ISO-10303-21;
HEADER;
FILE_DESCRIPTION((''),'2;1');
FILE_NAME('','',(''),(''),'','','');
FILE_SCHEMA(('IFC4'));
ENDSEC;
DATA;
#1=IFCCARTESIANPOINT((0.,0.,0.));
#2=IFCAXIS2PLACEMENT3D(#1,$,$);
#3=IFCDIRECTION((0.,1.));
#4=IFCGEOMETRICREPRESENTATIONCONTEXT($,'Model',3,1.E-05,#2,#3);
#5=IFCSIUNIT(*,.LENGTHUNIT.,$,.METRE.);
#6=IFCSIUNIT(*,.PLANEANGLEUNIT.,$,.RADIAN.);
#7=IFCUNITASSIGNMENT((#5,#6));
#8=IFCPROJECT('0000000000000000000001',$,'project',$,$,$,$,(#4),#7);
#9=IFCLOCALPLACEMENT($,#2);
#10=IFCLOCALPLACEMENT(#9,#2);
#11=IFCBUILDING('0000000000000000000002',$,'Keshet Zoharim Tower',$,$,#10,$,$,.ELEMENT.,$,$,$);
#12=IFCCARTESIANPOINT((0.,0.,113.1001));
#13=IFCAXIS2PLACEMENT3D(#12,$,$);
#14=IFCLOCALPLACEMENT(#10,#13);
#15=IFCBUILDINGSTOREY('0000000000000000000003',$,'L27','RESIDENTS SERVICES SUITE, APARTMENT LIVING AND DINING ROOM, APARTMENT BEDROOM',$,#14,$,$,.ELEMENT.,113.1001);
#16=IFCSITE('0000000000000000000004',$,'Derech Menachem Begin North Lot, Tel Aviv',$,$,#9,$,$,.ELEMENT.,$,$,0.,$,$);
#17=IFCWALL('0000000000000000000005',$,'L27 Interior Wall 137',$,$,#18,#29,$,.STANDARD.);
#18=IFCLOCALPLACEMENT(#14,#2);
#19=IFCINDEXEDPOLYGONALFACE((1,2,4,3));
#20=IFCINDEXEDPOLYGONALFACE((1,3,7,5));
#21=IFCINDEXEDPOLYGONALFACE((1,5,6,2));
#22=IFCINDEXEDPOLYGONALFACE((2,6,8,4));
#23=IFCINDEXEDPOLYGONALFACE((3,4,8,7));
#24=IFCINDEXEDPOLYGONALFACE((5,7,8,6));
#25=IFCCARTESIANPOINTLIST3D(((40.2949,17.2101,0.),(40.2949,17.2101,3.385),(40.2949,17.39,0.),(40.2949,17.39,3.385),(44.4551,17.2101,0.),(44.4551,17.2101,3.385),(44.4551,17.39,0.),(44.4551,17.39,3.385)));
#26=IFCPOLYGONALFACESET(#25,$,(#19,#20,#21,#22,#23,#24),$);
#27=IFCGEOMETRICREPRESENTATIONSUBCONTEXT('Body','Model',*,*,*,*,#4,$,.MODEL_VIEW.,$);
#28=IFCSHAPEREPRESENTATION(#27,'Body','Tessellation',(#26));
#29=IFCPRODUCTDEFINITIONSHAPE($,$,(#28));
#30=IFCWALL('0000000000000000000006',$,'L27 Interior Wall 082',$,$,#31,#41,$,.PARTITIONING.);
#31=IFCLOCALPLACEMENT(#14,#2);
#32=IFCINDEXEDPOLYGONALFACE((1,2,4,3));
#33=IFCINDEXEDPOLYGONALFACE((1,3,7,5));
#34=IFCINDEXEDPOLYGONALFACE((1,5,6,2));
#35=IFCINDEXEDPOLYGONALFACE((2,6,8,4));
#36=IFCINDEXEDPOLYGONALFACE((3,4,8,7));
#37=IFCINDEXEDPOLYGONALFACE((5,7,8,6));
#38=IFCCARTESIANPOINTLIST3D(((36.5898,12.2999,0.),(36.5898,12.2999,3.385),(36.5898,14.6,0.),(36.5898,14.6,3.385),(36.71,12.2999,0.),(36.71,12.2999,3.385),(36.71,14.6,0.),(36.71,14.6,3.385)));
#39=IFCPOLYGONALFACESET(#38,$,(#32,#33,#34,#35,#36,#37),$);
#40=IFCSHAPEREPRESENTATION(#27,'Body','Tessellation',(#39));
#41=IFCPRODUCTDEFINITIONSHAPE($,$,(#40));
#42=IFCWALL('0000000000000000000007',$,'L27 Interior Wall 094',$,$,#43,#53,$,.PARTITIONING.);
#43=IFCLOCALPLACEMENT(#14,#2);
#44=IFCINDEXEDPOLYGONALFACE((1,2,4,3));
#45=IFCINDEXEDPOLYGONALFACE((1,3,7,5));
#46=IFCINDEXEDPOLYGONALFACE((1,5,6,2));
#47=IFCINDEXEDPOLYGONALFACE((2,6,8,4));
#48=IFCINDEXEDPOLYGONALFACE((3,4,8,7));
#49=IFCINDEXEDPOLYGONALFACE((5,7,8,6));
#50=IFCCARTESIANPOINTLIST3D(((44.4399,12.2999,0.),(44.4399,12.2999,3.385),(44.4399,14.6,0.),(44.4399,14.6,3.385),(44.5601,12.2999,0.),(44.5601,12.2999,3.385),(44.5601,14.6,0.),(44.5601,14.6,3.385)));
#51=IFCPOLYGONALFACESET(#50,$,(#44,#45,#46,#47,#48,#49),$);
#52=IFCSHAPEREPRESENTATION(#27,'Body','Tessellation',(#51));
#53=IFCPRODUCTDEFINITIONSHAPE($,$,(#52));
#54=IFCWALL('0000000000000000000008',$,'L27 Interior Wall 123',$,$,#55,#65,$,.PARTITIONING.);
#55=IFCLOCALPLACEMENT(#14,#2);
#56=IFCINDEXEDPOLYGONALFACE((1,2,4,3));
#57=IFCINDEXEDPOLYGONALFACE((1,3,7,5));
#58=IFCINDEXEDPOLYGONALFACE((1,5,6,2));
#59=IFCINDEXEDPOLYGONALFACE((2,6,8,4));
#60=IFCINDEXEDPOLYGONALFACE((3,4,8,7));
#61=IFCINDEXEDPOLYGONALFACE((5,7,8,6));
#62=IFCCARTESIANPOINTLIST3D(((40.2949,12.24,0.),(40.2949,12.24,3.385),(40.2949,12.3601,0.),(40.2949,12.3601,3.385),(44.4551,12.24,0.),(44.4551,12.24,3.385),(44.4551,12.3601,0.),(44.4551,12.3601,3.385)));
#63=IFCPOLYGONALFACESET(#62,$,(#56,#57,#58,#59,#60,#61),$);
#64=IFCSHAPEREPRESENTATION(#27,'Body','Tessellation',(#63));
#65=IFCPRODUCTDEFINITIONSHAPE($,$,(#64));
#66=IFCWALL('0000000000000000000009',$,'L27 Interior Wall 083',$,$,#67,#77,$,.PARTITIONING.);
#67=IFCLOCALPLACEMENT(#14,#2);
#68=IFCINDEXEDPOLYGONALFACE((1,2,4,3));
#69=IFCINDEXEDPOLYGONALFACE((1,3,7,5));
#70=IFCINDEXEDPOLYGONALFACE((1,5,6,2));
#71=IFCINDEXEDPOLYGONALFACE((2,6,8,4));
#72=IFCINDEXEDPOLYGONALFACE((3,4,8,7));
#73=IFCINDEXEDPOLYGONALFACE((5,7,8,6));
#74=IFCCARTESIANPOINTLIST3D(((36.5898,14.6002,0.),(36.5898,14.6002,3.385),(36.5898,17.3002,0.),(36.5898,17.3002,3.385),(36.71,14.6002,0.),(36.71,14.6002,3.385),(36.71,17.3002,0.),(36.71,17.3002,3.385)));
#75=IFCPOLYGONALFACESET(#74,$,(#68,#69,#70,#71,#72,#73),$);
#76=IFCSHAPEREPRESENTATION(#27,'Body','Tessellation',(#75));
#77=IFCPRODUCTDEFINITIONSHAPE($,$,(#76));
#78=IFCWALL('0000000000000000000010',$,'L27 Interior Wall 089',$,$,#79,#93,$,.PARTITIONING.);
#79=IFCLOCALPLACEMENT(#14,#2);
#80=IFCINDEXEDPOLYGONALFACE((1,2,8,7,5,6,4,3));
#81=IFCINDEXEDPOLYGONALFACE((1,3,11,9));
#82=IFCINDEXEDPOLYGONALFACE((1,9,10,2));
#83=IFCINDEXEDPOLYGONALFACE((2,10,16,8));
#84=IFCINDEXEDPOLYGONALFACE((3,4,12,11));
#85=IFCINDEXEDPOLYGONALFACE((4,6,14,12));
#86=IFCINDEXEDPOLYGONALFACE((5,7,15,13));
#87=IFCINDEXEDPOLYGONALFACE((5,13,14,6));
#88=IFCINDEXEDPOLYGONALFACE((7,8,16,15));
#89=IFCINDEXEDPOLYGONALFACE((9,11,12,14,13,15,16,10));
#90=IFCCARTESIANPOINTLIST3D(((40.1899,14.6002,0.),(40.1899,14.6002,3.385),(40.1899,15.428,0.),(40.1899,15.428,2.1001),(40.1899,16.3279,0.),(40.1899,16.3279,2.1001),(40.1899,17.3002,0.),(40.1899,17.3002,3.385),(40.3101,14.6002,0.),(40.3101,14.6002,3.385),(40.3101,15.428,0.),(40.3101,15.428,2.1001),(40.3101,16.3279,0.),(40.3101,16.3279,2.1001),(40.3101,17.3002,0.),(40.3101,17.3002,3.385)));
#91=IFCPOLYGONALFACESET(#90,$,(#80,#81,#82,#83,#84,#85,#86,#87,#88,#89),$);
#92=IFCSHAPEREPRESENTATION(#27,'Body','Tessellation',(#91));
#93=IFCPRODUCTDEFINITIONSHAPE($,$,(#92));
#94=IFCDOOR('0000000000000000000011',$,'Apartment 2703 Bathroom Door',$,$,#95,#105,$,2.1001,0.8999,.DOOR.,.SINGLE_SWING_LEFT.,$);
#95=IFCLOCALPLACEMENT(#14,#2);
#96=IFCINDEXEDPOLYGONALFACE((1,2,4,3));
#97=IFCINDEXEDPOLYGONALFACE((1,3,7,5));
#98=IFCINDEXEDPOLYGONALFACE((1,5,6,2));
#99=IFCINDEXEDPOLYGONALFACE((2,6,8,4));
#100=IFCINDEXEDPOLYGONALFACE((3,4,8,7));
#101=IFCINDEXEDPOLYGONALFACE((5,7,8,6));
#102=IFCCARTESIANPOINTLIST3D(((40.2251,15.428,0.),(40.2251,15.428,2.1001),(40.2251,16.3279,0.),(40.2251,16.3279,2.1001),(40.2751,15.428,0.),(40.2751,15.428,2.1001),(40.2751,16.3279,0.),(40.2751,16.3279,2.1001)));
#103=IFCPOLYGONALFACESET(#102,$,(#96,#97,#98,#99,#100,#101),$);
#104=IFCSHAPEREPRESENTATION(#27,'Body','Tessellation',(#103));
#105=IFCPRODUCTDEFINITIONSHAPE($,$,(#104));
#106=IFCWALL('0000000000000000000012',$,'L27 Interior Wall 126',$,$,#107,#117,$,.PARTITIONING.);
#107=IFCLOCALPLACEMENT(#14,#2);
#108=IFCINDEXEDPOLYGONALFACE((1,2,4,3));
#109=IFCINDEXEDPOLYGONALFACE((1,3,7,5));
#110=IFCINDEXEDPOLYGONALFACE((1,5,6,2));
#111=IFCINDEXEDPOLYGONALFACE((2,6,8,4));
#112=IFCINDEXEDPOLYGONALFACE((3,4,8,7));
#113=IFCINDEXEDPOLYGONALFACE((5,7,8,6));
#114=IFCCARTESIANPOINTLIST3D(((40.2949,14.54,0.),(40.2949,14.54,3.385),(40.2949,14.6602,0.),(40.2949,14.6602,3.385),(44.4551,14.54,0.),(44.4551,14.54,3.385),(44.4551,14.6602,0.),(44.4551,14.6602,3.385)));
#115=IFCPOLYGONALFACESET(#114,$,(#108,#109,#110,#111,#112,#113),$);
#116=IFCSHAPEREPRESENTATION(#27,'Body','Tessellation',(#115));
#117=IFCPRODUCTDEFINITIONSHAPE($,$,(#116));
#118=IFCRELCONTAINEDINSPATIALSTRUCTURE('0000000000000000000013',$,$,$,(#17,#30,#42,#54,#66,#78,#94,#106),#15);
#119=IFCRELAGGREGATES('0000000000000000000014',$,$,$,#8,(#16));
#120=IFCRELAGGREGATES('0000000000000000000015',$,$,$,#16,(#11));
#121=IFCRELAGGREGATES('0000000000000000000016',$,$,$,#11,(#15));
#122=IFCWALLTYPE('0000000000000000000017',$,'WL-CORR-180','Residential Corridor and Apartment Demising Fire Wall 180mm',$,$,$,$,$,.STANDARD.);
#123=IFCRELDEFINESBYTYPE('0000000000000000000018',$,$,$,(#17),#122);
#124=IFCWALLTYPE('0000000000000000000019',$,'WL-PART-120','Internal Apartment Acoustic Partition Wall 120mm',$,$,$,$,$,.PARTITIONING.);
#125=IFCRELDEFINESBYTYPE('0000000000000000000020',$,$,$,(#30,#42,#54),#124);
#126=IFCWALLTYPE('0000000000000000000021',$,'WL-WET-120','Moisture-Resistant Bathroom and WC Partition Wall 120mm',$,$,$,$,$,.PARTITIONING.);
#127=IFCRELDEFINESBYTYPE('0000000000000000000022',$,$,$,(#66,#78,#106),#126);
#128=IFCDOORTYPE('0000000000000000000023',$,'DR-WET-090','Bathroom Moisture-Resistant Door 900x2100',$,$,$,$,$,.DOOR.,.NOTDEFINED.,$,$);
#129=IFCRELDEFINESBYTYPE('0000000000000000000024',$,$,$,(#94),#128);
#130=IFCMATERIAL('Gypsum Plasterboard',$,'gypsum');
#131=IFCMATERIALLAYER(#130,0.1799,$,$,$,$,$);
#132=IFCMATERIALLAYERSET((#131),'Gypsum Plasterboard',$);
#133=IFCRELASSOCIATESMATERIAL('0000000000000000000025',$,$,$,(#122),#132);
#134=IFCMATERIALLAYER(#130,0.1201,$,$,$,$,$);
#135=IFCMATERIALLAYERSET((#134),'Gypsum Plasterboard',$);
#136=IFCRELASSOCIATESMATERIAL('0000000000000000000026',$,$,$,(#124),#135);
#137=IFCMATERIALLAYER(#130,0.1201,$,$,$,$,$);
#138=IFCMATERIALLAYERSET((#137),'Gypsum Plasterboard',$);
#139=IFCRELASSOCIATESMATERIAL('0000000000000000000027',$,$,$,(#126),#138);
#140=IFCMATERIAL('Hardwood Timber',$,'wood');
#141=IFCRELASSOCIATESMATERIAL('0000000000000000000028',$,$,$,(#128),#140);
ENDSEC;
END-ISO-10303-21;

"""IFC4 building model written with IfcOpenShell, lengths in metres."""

from ifc_helpers import new_model, si_unit, direction, frame, frame_2d, origin, place, context, subcontext, project, spatial, rectangle, extrude, material, layer, layer_set, type_object, element, fill, save


model = new_model("IFC4")

# Units and contexts
model_context = context("Model", 3, precision=1e-05, world=origin(), true_north=direction((0.0, 1.0)))
body_context = subcontext(model_context, "Body", "Model", "MODEL_VIEW")
ifc_project = project(units=[si_unit("LENGTHUNIT", "METRE"), si_unit("PLANEANGLEUNIT", "RADIAN")], contexts=[model_context])

# Site, building, storey
site_placement = place(None, origin())
site = spatial("IfcSite", under=ifc_project, at=site_placement, Name="Derech Menachem Begin North Lot, Tel Aviv", CompositionType="ELEMENT", RefElevation=0.0)
building_placement = place(site_placement, origin())
building = spatial("IfcBuilding", under=site, at=building_placement, Name="Keshet Zoharim Tower", CompositionType="ELEMENT")
storey_placement = place(building_placement, frame((0.0, 0.0, 113.1001)))
storey = spatial("IfcBuildingStorey", under=building, at=storey_placement, Name="L27", Description="RESIDENTS SERVICES SUITE, APARTMENT LIVING AND DINING ROOM, APARTMENT BEDROOM", CompositionType="ELEMENT", Elevation=113.1001)

# Shared definitions
ifc_material_1 = material(Name="Gypsum Plasterboard", Category="gypsum")

# Shared definitions
ifc_layer_1 = layer(ifc_material_1, 0.1799)
ifc_layer_set_1 = layer_set([ifc_layer_1], Name="Gypsum Plasterboard")
wall_type_1 = type_object("IfcWallType", Name="WL-CORR-180", Description="Residential Corridor and Apartment Demising Fire Wall 180mm", PredefinedType="STANDARD", material=ifc_layer_set_1)
ifc_material_2 = material(Name="Hardwood Timber", Category="wood")

# Walls
wall_1_placement = place(storey_placement, frame((40.2949, 17.3, 0.0), z_axis=(0.0, 0.0, 1.0), x_axis=(1.0, 0.0, 0.0)))
element("IfcWall", 1, at=wall_1_placement, inside=storey, type_object=wall_type_1, Name="L27 Interior Wall 137", PredefinedType="STANDARD", context=body_context, shape_type="SweptSolid", body=[
    extrude(rectangle(XDim=4.1602, YDim=0.1799, at=frame_2d((2.0801, 0.0))), origin(), (0.0, 0.0, 1.0), 3.385),
])
ifc_layer_2 = layer(ifc_material_1, 0.1201)
ifc_layer_set_2 = layer_set([ifc_layer_2], Name="Gypsum Plasterboard")
wall_type_2 = type_object("IfcWallType", Name="WL-PART-120", Description="Internal Apartment Acoustic Partition Wall 120mm", PredefinedType="PARTITIONING", material=ifc_layer_set_2)
wall_2_placement = place(storey_placement, frame((36.6499, 12.3, 0.0), z_axis=(0.0, 0.0, 1.0), x_axis=(0.0, 1.0, 0.0)))
element("IfcWall", 2, at=wall_2_placement, inside=storey, type_object=wall_type_2, Name="L27 Interior Wall 082", PredefinedType="PARTITIONING", context=body_context, shape_type="SweptSolid", body=[
    extrude(rectangle(XDim=2.3, YDim=0.1201, at=frame_2d((1.1499, 0.0))), origin(), (0.0, 0.0, 1.0), 3.385),
])

# Walls
wall_3_placement = place(storey_placement, frame((44.5, 12.3, 0.0), z_axis=(0.0, 0.0, 1.0), x_axis=(0.0, 1.0, 0.0)))
element("IfcWall", 3, at=wall_3_placement, inside=storey, type_object=wall_type_2, Name="L27 Interior Wall 094", PredefinedType="PARTITIONING", context=body_context, shape_type="SweptSolid", body=[
    extrude(rectangle(XDim=2.3, YDim=0.1201, at=frame_2d((1.1499, 0.0))), origin(), (0.0, 0.0, 1.0), 3.385),
])
wall_4_placement = place(storey_placement, frame((40.2949, 12.3, 0.0), z_axis=(0.0, 0.0, 1.0), x_axis=(1.0, 0.0, 0.0)))
element("IfcWall", 4, at=wall_4_placement, inside=storey, type_object=wall_type_2, Name="L27 Interior Wall 123", PredefinedType="PARTITIONING", context=body_context, shape_type="SweptSolid", body=[
    extrude(rectangle(XDim=4.1602, YDim=0.1201, at=frame_2d((2.0801, 0.0))), origin(), (0.0, 0.0, 1.0), 3.385),
])
ifc_layer_3 = layer(ifc_material_1, 0.1201)
ifc_layer_set_3 = layer_set([ifc_layer_3], Name="Gypsum Plasterboard")
wall_type_3 = type_object("IfcWallType", Name="WL-WET-120", Description="Moisture-Resistant Bathroom and WC Partition Wall 120mm", PredefinedType="PARTITIONING", material=ifc_layer_set_3)
wall_5_placement = place(storey_placement, frame((36.6499, 14.6001, 0.0), z_axis=(0.0, 0.0, 1.0), x_axis=(0.0, 1.0, 0.0)))
element("IfcWall", 5, at=wall_5_placement, inside=storey, type_object=wall_type_3, Name="L27 Interior Wall 083", PredefinedType="PARTITIONING", context=body_context, shape_type="SweptSolid", body=[
    extrude(rectangle(XDim=2.7, YDim=0.1201, at=frame_2d((1.3501, 0.0))), origin(), (0.0, 0.0, 1.0), 3.385),
])

# Wall, opening, door
wall_6_placement = place(storey_placement, frame((40.25, 14.6001, 0.0), z_axis=(0.0, 0.0, 1.0), x_axis=(0.0, 1.0, 0.0)))
wall_6 = element("IfcWall", 6, at=wall_6_placement, inside=storey, type_object=wall_type_3, Name="L27 Interior Wall 089", PredefinedType="PARTITIONING", context=body_context, shape_type="SweptSolid", body=[
    extrude(rectangle(XDim=2.7, YDim=0.1201, at=frame_2d((1.3501, 0.0))), origin(), (0.0, 0.0, 1.0), 3.385),
])
opening_1_placement = place(wall_6_placement, frame((0.8279, 0.0, 0.0)))
opening_1 = element("IfcOpeningElement", 7, at=opening_1_placement, cuts=wall_6, PredefinedType="OPENING", context=body_context, shape_type="SweptSolid", body=[
    extrude(rectangle(XDim=0.8999, YDim=2.1001, at=frame_2d((0.45, 1.05))), frame((0.0, 0.0701, 0.0), z_axis=(0.0, -1.0, 0.0), x_axis=(1.0, 0.0, 0.0)), (0.0, 0.0, 1.0), 0.1401),
])
door_type_1 = type_object("IfcDoorType", Name="DR-WET-090", Description="Bathroom Moisture-Resistant Door 900x2100", OperationType="NOTDEFINED", PredefinedType="DOOR", material=ifc_material_2)
door_1_placement = place(opening_1_placement, origin())
door_1 = element("IfcDoor", 8, at=door_1_placement, inside=storey, type_object=door_type_1, Name="Apartment 2703 Bathroom Door", OperationType="SINGLE_SWING_LEFT", OverallHeight=2.1001, OverallWidth=0.8999, PredefinedType="DOOR", context=body_context, shape_type="SweptSolid", body=[
    extrude(rectangle(XDim=0.8999, YDim=2.1001, at=frame_2d((0.45, 1.05))), frame((0.0, 0.0249, 0.0), z_axis=(0.0, -1.0, 0.0), x_axis=(1.0, 0.0, 0.0)), (0.0, 0.0, 1.0), 0.05),
])
fill(opening_1, door_1)

# Wall
wall_7_placement = place(storey_placement, frame((40.2949, 14.6001, 0.0), z_axis=(0.0, 0.0, 1.0), x_axis=(1.0, 0.0, 0.0)))
element("IfcWall", 9, at=wall_7_placement, inside=storey, type_object=wall_type_3, Name="L27 Interior Wall 126", PredefinedType="PARTITIONING", context=body_context, shape_type="SweptSolid", body=[
    extrude(rectangle(XDim=4.1602, YDim=0.1201, at=frame_2d((2.0801, 0.0))), origin(), (0.0, 0.0, 1.0), 3.385),
])

save(model, "model.ifc")
